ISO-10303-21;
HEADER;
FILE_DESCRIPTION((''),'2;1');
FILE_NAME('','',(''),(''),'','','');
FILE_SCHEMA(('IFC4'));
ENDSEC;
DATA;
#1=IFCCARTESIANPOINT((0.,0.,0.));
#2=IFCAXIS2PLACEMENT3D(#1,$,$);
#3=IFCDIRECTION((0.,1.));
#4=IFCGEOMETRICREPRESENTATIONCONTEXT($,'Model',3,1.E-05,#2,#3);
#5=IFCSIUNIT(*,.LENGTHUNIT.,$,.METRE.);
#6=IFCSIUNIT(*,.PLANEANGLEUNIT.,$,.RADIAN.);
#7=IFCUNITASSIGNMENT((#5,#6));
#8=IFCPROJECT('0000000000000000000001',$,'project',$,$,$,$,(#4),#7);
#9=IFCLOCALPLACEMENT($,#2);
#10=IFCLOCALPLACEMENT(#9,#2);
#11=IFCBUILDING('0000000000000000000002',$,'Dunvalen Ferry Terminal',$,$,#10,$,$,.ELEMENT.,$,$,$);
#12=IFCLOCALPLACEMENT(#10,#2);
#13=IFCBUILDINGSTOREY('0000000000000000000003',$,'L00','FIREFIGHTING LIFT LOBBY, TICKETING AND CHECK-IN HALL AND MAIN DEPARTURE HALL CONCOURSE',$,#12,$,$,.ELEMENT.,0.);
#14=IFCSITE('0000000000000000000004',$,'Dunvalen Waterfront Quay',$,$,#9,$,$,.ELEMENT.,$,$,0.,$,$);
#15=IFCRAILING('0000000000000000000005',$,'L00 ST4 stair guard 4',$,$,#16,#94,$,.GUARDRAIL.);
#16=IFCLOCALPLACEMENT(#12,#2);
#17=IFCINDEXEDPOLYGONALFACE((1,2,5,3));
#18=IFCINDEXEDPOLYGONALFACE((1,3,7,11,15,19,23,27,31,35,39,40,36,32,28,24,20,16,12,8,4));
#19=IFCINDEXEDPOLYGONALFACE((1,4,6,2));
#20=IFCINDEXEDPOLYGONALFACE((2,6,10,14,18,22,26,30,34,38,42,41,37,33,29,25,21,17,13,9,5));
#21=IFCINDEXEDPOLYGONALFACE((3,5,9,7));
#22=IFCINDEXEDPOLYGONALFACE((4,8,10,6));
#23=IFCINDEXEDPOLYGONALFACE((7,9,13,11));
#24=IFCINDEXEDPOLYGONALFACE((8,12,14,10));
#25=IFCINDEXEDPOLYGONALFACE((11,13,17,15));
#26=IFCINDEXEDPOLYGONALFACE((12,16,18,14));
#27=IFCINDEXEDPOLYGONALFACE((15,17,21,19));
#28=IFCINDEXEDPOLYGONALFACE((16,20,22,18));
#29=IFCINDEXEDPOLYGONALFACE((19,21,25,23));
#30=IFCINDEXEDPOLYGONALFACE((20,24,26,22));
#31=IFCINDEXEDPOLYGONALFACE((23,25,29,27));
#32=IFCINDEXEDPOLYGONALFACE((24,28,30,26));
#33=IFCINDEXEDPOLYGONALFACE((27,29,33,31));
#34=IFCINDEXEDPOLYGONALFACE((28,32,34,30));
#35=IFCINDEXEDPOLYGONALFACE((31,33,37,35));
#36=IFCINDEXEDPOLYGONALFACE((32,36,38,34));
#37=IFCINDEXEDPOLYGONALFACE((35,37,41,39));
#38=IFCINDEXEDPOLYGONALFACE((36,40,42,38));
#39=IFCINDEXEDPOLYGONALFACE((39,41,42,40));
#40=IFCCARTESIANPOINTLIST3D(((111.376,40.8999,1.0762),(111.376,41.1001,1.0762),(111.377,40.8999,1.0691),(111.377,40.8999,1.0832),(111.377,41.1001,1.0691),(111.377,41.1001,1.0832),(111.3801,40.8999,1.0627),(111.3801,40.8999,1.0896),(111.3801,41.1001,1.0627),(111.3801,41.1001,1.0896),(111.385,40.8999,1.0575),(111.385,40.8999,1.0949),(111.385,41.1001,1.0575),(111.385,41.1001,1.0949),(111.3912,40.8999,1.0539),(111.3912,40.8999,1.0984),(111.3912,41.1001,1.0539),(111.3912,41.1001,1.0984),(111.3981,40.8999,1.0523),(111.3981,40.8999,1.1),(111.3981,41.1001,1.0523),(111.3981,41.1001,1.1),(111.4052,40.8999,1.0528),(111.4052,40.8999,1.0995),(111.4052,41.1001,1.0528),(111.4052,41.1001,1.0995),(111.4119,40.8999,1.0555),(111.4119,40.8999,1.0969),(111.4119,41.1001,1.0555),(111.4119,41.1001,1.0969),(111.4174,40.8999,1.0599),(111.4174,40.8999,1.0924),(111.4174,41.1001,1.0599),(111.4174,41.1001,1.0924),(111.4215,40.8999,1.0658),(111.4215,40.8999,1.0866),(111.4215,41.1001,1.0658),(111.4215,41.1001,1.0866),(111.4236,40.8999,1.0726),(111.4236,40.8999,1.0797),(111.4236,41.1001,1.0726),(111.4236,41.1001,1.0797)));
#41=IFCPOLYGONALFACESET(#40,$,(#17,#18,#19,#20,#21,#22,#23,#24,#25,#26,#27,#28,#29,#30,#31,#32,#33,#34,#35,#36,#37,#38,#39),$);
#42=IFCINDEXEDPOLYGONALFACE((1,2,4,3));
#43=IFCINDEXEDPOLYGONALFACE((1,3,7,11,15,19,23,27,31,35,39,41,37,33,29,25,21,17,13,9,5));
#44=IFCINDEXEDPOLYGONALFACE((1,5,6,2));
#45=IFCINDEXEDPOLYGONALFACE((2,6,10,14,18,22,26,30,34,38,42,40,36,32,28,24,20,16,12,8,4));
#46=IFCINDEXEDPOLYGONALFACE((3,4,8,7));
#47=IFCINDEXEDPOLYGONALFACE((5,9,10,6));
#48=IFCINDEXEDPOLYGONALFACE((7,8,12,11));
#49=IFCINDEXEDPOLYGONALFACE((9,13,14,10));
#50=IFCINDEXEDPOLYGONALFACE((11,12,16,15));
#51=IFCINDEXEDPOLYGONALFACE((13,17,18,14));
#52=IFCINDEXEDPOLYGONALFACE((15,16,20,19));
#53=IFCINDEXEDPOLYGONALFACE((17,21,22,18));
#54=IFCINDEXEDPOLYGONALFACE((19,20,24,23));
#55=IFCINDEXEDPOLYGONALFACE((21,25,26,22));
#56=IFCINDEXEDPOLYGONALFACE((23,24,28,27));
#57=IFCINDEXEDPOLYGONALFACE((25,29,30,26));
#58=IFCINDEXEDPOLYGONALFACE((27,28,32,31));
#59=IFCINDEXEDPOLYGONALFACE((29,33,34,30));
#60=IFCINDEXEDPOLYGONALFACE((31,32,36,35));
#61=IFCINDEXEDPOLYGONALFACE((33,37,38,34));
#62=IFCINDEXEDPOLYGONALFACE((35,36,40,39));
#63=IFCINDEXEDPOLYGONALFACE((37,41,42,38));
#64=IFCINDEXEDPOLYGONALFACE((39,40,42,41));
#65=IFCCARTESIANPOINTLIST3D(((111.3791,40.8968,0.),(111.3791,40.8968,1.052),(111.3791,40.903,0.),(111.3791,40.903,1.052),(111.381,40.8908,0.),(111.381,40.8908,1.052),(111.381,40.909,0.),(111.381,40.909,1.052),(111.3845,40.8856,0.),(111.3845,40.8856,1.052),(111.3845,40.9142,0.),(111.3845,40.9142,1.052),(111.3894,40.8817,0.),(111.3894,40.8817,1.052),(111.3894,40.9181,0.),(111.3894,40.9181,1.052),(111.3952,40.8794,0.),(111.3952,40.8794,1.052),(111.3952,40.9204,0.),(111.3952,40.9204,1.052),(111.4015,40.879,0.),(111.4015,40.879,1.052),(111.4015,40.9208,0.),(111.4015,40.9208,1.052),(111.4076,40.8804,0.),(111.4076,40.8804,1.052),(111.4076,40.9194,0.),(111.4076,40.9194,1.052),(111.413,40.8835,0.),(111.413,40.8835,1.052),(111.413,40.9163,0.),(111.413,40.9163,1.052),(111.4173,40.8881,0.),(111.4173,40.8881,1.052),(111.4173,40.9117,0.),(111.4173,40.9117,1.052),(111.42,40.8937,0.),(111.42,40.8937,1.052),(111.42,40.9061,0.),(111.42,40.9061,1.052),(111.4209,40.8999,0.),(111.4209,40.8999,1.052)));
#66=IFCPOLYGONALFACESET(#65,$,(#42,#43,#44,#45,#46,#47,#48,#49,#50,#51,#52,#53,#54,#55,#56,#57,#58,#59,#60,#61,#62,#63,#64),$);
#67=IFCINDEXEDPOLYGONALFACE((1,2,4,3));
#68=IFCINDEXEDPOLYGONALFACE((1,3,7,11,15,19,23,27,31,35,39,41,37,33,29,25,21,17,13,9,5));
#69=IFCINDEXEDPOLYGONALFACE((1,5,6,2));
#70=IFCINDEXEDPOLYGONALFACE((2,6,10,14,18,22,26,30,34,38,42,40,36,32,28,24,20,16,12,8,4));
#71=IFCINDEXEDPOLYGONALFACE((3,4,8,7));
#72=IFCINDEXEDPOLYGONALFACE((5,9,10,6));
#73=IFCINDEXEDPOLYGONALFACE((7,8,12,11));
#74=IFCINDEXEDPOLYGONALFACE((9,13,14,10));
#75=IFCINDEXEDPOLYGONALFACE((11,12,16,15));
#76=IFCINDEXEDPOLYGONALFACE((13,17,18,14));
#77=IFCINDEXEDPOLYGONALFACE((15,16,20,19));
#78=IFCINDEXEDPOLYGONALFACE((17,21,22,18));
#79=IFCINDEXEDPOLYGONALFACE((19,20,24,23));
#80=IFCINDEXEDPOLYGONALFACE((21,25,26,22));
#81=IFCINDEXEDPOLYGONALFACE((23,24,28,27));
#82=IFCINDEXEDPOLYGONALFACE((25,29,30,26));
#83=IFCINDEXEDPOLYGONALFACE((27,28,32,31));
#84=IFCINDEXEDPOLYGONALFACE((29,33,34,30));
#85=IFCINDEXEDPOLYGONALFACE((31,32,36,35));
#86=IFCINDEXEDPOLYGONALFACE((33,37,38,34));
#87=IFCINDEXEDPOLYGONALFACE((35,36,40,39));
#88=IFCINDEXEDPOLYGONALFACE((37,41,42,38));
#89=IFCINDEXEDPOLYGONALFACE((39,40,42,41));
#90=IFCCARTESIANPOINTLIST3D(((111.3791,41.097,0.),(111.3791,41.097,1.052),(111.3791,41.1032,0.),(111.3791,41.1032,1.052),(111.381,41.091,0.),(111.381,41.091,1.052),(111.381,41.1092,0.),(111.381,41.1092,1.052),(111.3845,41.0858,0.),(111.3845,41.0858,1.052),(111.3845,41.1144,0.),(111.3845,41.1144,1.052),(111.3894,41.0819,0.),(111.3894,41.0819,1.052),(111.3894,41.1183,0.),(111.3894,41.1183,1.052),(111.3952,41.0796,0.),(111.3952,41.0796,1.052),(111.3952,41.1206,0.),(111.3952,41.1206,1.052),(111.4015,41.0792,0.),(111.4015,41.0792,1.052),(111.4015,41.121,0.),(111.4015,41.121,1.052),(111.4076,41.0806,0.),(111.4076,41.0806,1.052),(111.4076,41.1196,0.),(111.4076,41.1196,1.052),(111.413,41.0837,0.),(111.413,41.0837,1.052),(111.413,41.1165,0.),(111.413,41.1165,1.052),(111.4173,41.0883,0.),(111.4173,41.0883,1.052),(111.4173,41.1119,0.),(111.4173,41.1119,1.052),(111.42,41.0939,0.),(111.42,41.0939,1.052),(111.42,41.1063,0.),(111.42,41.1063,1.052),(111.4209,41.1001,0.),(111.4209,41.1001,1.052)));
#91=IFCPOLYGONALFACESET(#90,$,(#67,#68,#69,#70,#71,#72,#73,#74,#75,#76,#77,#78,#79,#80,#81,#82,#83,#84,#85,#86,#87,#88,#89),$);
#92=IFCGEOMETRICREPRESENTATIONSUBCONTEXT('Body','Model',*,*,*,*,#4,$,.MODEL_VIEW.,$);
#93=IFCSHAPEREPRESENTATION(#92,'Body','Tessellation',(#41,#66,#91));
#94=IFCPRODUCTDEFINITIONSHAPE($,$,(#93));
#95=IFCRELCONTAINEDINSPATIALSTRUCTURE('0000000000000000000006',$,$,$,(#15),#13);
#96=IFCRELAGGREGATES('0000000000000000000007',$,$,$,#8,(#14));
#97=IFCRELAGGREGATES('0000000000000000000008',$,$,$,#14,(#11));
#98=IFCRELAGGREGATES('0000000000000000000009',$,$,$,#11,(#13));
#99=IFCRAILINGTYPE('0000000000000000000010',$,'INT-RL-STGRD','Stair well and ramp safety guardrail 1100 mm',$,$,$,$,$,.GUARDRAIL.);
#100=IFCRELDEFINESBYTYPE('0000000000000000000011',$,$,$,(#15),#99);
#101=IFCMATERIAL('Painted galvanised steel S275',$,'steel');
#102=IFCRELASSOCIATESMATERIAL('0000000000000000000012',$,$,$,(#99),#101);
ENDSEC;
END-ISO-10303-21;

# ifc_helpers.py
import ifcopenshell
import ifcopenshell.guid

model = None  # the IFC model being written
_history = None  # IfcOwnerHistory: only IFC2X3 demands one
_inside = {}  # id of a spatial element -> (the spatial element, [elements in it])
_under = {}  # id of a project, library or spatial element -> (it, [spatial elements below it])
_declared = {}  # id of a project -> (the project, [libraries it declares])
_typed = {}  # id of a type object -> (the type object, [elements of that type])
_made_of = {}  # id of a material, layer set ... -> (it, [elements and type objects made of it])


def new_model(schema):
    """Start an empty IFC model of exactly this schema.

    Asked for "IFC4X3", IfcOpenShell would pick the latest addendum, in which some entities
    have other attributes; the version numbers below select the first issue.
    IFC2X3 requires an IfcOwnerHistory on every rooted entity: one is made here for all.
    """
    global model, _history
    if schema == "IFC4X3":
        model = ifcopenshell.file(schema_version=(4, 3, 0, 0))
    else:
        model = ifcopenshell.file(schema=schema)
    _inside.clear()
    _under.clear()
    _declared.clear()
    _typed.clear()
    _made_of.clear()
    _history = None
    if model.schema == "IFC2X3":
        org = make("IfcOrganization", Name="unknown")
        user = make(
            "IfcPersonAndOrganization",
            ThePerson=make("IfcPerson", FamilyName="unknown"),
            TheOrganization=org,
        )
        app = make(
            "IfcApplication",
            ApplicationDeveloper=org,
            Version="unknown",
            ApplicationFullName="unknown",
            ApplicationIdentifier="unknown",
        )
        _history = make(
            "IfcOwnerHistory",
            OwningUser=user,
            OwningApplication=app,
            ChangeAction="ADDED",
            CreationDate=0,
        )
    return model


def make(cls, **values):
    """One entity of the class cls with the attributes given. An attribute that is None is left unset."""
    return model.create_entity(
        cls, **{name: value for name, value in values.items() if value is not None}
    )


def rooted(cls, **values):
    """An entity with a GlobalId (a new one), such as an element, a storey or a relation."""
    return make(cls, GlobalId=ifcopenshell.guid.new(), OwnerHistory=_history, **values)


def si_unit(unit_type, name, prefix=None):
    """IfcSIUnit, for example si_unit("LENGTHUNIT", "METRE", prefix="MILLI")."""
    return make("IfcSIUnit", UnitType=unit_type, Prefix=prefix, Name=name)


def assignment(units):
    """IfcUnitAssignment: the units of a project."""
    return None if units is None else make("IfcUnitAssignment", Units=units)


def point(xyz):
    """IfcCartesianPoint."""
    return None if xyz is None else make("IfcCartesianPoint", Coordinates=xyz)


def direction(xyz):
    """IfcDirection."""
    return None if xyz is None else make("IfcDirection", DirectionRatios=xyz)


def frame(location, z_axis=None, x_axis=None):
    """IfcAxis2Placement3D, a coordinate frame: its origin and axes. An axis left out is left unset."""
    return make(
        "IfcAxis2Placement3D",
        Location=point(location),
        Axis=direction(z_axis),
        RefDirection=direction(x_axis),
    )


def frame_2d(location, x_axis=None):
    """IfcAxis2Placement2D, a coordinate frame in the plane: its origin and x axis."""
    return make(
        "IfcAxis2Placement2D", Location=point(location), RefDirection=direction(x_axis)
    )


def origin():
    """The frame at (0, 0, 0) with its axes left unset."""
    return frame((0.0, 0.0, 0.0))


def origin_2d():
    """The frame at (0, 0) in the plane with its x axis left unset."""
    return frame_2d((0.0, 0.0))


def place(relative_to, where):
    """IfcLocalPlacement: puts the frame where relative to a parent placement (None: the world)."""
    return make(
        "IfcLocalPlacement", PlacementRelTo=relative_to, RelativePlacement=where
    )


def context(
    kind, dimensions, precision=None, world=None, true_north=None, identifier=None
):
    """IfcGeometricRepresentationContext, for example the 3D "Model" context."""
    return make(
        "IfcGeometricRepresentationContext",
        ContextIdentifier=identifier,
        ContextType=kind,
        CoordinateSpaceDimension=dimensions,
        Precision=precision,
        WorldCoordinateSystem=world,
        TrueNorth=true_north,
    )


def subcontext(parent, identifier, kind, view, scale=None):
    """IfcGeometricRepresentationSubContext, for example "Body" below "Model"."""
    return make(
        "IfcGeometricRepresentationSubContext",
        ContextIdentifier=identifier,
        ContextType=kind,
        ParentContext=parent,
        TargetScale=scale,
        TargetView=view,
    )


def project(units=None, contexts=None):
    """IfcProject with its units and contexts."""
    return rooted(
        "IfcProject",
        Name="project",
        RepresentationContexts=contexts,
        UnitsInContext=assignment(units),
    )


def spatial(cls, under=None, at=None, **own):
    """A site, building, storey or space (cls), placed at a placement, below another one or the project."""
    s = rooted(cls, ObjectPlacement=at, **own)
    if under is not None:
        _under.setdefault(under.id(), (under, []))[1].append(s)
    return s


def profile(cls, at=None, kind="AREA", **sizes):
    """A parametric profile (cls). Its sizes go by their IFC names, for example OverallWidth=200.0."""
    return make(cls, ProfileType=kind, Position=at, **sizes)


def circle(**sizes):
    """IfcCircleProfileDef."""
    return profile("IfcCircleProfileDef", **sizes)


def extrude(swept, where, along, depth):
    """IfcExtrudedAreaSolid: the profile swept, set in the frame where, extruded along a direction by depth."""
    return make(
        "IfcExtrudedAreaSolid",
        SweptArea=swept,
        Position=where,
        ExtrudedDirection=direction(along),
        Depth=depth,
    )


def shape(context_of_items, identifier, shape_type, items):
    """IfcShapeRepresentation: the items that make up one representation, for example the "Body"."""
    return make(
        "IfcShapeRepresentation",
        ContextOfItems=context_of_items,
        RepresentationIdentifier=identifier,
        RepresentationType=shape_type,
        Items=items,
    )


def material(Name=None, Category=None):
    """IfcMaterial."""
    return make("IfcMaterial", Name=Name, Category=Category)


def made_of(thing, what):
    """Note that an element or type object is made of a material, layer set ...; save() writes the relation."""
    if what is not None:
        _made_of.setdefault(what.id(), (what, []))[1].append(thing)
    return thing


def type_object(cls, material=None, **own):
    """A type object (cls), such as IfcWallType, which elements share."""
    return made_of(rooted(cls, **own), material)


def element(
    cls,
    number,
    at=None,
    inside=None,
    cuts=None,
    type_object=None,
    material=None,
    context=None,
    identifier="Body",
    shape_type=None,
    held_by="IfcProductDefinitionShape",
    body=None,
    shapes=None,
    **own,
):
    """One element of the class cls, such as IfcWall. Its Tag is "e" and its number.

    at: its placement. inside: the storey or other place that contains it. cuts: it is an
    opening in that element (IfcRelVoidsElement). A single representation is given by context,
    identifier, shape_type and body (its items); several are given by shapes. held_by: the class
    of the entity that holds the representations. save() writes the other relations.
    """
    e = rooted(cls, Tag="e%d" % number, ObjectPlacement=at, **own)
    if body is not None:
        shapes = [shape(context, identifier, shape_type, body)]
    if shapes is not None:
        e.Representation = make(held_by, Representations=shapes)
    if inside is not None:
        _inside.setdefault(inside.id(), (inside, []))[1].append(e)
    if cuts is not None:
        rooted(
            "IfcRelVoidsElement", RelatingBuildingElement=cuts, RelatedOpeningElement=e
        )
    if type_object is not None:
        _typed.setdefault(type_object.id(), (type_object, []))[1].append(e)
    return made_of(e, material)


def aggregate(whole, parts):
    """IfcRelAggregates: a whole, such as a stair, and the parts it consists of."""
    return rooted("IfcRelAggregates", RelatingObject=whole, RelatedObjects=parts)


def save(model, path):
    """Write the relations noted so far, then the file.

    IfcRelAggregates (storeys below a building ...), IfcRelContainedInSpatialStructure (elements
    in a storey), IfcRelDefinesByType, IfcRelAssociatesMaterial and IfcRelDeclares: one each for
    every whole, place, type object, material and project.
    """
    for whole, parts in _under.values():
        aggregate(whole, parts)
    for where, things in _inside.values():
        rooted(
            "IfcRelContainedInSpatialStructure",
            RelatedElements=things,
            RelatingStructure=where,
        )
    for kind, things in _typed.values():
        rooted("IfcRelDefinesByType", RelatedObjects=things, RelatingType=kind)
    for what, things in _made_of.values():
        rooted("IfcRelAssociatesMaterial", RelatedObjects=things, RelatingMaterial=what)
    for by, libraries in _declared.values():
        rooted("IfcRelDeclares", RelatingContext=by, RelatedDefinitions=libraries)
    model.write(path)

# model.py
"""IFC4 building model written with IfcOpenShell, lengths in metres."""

from ifc_helpers import new_model, si_unit, direction, frame, origin, origin_2d, place, context, subcontext, project, spatial, circle, extrude, material, type_object, element, save


model = new_model("IFC4")

# Units and contexts
model_context = context("Model", 3, precision=1e-05, world=origin(), true_north=direction((0.0, 1.0)))
body_context = subcontext(model_context, "Body", "Model", "MODEL_VIEW")
ifc_project = project(units=[si_unit("LENGTHUNIT", "METRE"), si_unit("PLANEANGLEUNIT", "RADIAN")], contexts=[model_context])

# Site, building, storey
site_placement = place(None, origin())
site = spatial("IfcSite", under=ifc_project, at=site_placement, Name="Dunvalen Waterfront Quay", CompositionType="ELEMENT", RefElevation=0.0)
building_placement = place(site_placement, origin())
building = spatial("IfcBuilding", under=site, at=building_placement, Name="Dunvalen Ferry Terminal", CompositionType="ELEMENT")
storey_placement = place(building_placement, origin())
storey = spatial("IfcBuildingStorey", under=building, at=storey_placement, Name="L00", Description="FIREFIGHTING LIFT LOBBY, TICKETING AND CHECK-IN HALL AND MAIN DEPARTURE HALL CONCOURSE", CompositionType="ELEMENT", Elevation=0.0)

# Railing
ifc_material_1 = material(Name="Painted galvanised steel S275", Category="steel")
railing_type_1 = type_object("IfcRailingType", Name="INT-RL-STGRD", Description="Stair well and ramp safety guardrail 1100 mm", PredefinedType="GUARDRAIL", material=ifc_material_1)
railing_1_placement = place(storey_placement, frame((111.3999, 40.8999, 0.0)))
element("IfcRailing", 1, at=railing_1_placement, inside=storey, type_object=railing_type_1, Name="L00 ST4 stair guard 4", PredefinedType="GUARDRAIL", context=body_context, shape_type="SweptSolid", body=[
    extrude(circle(Radius=0.0239, at=origin_2d()), frame((0.0, 0.0, 1.0762), z_axis=(0.0, 1.0, 0.0), x_axis=(-1.0, 0.0, 0.0)), (0.0, 0.0, 1.0), 0.2002),
    extrude(circle(Radius=0.021, at=origin_2d()), origin(), (0.0, 0.0, 1.0), 1.052),
    extrude(circle(Radius=0.021, at=origin_2d()), frame((0.0, 0.2002, 0.0)), (0.0, 0.0, 1.0), 1.052),
])

save(model, "model.ifc")
